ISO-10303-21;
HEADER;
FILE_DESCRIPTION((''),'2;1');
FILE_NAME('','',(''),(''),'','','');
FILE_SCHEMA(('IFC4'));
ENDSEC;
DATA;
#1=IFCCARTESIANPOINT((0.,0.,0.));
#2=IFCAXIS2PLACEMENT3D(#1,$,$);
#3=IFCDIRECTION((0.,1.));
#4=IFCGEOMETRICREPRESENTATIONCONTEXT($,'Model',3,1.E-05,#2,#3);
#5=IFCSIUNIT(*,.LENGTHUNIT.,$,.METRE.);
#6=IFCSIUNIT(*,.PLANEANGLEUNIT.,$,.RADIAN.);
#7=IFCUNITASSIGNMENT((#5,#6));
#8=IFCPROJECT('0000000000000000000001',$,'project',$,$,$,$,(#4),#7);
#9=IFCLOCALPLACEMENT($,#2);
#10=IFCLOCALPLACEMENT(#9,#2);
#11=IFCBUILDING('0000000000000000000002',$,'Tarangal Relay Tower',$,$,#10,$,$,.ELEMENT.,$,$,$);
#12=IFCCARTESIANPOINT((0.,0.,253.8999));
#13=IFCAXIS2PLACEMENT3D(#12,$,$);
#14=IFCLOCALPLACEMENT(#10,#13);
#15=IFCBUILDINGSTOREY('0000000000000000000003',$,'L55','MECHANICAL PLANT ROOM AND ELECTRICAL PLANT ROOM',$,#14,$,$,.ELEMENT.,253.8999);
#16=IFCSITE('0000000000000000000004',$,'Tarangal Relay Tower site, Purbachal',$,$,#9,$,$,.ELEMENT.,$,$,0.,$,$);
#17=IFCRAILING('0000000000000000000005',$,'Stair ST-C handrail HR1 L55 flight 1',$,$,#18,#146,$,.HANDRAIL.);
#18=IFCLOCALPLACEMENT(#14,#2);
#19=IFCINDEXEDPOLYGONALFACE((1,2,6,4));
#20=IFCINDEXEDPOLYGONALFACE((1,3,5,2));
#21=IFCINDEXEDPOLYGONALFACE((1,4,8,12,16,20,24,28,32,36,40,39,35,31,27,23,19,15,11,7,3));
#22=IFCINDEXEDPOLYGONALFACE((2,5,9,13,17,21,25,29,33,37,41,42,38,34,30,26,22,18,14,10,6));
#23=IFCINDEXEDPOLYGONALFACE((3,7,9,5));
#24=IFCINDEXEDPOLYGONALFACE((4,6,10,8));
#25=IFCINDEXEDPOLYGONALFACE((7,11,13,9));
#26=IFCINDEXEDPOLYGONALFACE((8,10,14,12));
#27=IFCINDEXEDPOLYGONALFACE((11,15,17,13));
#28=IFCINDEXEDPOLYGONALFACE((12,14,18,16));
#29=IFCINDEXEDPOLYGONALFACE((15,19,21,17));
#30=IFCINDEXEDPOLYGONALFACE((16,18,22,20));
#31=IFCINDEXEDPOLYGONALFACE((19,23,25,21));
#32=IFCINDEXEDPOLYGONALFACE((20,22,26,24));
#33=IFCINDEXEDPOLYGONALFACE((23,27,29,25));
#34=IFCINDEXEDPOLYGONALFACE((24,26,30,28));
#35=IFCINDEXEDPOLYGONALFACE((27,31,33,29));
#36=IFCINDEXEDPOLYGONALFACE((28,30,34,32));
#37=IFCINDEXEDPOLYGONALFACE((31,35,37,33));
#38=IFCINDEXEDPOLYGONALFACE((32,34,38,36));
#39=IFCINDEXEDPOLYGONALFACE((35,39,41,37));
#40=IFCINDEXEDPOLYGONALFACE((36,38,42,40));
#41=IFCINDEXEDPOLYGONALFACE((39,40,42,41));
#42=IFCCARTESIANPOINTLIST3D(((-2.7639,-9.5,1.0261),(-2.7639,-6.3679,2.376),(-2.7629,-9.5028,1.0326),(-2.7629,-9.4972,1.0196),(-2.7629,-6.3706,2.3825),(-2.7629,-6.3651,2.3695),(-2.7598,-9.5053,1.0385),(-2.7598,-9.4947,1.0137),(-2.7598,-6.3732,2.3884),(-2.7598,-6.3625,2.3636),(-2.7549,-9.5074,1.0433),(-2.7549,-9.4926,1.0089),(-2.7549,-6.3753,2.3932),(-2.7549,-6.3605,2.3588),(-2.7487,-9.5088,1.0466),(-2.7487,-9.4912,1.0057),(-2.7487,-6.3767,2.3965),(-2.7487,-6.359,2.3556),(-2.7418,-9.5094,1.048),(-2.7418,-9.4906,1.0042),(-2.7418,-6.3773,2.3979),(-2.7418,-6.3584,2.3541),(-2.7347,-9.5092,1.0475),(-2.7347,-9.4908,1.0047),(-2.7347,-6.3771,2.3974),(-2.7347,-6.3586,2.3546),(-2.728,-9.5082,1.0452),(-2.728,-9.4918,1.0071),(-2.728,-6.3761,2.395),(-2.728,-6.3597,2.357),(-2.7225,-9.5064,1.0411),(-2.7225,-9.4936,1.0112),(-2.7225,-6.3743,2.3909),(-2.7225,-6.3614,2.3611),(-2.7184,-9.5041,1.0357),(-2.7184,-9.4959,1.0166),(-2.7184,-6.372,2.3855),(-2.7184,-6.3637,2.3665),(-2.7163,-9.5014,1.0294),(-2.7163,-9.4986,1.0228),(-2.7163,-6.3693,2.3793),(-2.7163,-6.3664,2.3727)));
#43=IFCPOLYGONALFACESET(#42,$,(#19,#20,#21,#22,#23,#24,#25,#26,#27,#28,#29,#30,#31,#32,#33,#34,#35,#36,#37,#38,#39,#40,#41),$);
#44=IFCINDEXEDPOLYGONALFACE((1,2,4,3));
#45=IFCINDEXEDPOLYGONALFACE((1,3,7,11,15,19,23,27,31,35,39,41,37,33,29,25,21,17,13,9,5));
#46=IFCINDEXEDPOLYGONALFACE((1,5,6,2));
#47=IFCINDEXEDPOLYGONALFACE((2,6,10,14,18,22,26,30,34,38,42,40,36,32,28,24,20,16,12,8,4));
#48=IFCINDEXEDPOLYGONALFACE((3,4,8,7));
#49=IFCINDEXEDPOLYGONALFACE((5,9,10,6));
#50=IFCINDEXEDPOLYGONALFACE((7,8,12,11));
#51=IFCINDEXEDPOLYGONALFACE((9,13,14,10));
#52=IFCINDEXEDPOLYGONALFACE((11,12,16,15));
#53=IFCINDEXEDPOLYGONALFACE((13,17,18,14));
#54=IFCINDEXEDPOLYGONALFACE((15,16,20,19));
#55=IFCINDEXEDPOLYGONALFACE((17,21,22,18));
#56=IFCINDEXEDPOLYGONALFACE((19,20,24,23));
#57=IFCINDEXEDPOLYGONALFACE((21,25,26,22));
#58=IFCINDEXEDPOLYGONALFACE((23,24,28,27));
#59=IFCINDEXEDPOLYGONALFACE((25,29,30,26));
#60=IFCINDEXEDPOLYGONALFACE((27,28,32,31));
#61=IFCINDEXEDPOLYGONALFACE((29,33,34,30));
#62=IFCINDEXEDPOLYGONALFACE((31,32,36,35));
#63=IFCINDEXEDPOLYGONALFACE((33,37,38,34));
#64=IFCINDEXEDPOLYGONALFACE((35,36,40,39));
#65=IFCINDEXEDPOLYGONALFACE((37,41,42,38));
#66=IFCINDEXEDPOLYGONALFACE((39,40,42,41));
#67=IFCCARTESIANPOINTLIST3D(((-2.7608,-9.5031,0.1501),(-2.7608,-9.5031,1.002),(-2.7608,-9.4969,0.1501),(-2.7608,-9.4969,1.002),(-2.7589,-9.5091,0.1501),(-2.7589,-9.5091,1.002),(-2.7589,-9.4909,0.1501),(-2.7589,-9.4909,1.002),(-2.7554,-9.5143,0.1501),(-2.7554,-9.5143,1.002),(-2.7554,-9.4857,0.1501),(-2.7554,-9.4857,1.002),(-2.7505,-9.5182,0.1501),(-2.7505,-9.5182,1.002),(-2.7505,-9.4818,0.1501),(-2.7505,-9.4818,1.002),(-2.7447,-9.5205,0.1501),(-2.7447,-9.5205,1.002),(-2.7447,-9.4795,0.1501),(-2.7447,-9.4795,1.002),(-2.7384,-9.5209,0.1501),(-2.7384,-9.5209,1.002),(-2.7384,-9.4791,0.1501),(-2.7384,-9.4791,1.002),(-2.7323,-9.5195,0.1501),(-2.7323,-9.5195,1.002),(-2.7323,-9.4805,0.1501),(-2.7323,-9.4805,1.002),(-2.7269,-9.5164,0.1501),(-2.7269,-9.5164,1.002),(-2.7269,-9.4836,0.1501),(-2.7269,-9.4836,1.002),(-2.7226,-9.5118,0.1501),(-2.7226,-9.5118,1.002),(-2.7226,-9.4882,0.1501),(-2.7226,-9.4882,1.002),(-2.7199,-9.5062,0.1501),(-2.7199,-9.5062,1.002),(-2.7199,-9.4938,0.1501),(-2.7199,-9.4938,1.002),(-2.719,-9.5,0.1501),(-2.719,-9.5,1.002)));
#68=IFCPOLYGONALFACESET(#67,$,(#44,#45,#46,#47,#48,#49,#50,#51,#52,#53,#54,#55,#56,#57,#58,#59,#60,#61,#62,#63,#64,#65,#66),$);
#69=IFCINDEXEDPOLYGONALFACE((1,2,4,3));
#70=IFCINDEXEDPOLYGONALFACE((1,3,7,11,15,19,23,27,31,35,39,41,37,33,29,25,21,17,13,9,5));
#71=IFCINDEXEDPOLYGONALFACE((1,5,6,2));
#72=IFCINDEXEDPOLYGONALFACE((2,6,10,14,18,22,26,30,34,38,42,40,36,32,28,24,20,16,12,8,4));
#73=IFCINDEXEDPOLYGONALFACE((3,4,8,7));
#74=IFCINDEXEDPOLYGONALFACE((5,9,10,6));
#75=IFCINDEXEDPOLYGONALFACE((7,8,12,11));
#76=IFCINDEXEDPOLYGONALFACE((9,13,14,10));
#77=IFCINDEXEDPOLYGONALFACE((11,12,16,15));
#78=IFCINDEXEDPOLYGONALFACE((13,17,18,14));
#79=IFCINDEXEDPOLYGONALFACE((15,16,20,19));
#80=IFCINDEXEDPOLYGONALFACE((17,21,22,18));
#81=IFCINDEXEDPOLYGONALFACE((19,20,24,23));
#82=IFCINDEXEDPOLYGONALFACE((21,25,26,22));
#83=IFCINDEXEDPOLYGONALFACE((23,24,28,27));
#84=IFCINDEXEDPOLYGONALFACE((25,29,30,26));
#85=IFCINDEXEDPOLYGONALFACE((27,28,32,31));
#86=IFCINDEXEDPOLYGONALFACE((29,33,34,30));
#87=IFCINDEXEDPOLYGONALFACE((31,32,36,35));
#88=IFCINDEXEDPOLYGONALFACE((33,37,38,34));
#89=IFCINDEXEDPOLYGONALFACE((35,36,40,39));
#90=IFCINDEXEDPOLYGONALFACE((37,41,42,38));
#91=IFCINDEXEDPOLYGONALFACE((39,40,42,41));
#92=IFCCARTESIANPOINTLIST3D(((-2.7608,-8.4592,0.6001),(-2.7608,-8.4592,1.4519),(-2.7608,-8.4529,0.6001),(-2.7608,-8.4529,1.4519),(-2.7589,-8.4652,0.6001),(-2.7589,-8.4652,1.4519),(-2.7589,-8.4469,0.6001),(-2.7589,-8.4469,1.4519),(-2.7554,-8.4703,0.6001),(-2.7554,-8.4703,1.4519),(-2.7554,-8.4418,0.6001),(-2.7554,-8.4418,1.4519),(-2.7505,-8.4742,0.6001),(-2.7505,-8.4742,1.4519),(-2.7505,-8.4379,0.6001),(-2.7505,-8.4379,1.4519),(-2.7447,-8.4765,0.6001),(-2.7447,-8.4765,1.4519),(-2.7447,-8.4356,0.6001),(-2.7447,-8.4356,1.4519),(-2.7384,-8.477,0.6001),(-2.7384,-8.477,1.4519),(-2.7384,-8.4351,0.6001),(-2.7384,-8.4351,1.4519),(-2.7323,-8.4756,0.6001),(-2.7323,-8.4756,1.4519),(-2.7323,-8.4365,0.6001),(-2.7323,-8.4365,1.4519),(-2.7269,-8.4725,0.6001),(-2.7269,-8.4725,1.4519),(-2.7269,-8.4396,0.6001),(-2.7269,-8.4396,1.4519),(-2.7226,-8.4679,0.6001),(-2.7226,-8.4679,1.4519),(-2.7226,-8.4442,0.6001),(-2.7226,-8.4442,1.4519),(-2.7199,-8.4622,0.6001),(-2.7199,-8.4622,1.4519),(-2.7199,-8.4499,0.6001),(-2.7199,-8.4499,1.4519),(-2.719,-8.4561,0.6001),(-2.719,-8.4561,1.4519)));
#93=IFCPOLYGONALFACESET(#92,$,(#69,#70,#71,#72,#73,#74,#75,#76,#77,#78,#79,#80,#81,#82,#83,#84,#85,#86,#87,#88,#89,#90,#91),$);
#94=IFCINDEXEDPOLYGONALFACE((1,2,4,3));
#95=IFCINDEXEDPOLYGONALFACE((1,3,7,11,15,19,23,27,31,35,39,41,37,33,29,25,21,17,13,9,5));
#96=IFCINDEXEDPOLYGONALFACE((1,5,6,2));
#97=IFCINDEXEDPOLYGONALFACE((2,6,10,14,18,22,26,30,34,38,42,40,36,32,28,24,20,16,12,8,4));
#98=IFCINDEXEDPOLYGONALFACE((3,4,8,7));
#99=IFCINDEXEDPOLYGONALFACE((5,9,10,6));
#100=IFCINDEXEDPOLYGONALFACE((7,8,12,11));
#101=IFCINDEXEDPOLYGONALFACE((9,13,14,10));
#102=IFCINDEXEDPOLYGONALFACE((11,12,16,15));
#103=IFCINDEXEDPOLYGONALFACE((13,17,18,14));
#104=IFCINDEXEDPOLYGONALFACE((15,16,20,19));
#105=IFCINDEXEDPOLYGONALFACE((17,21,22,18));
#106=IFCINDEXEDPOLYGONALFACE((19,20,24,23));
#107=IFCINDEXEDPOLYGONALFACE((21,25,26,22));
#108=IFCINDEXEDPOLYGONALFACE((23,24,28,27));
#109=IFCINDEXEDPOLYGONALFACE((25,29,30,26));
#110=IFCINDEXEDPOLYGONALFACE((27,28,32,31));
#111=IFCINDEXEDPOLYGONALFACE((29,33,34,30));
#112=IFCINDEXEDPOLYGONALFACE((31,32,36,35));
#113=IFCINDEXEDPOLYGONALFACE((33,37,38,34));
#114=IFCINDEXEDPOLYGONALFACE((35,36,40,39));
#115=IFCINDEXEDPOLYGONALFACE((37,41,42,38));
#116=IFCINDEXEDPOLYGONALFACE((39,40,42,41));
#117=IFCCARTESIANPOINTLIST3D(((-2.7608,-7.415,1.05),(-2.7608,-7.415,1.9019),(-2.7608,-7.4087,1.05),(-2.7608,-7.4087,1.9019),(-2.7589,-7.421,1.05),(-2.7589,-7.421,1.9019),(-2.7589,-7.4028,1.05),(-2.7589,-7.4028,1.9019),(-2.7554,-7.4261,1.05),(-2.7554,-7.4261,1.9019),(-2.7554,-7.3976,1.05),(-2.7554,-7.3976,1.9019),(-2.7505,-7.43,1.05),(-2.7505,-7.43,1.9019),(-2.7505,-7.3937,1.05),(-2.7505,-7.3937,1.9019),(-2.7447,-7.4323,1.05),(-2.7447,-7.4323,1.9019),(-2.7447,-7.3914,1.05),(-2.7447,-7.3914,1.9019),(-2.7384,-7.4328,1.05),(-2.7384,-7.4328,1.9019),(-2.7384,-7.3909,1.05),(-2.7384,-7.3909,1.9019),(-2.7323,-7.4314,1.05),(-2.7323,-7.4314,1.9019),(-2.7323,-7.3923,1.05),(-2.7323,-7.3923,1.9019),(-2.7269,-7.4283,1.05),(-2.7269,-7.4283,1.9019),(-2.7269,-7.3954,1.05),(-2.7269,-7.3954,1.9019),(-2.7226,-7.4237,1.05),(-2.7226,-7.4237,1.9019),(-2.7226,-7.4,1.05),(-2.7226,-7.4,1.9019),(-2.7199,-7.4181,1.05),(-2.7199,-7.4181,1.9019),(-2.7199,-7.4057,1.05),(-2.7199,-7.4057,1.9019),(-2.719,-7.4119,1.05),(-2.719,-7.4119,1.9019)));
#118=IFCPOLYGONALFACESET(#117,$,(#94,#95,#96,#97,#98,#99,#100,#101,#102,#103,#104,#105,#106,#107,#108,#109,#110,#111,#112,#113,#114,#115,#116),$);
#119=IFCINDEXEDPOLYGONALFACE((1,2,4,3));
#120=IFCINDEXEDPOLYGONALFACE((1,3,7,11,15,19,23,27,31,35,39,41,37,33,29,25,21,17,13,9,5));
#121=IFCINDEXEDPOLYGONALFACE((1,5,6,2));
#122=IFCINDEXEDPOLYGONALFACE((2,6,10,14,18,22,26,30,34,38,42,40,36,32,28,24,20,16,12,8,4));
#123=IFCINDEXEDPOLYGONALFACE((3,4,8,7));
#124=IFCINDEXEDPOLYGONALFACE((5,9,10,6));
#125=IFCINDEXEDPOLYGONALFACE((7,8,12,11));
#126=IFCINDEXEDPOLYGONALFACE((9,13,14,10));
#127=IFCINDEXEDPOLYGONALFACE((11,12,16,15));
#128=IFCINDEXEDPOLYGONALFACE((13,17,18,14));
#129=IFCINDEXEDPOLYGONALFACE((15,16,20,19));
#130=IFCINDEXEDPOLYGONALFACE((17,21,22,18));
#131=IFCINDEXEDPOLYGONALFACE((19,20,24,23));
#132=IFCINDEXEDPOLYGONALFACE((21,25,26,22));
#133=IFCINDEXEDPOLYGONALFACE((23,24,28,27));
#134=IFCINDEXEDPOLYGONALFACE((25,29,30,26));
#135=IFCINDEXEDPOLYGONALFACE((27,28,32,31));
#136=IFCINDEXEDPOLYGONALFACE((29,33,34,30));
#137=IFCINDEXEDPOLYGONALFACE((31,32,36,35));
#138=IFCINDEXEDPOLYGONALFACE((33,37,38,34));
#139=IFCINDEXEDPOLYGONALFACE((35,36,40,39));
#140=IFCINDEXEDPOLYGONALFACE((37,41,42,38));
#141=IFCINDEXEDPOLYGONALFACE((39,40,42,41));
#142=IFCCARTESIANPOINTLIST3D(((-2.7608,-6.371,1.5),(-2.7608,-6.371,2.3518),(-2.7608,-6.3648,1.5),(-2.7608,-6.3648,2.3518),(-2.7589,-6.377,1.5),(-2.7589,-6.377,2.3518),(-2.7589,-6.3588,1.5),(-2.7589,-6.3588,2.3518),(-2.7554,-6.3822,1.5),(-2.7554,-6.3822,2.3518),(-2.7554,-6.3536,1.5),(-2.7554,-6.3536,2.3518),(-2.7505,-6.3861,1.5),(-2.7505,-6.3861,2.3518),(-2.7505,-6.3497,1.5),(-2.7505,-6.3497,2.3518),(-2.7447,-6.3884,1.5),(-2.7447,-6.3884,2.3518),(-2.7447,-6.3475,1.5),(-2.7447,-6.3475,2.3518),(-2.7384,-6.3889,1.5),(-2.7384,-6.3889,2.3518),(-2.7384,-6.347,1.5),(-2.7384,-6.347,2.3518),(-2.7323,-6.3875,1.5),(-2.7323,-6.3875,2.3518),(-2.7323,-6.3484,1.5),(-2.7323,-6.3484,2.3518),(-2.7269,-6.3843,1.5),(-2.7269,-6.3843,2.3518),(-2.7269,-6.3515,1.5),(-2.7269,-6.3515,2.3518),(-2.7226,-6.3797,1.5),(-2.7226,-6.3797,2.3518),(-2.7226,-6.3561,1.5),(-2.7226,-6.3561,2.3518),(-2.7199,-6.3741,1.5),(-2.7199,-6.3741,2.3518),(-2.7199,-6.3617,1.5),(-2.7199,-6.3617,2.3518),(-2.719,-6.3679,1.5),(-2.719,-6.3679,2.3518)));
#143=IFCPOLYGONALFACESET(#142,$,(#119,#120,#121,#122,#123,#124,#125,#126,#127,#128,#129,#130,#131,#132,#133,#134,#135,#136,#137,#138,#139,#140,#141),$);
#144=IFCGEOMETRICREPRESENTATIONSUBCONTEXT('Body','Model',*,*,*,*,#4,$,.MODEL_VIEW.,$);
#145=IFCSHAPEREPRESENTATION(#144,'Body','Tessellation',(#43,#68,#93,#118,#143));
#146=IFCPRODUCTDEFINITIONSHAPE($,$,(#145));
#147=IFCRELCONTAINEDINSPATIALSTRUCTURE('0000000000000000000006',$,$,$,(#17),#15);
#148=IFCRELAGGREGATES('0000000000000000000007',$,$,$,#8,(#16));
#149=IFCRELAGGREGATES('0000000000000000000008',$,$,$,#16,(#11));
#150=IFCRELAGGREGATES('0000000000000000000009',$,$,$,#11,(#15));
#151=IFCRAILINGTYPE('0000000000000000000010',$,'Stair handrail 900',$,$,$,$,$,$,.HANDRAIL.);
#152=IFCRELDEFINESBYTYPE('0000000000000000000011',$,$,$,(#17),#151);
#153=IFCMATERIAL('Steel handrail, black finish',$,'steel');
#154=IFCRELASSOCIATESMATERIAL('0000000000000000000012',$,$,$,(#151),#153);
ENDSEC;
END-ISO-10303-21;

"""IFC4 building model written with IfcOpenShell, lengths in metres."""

from ifc_helpers import new_model, si_unit, direction, frame, origin, origin_2d, place, context, subcontext, project, spatial, circle, extrude, material, type_object, element, save


model = new_model("IFC4")

# Units and contexts
model_context = context("Model", 3, precision=1e-05, world=origin(), true_north=direction((0.0, 1.0)))
body_context = subcontext(model_context, "Body", "Model", "MODEL_VIEW")
ifc_project = project(units=[si_unit("LENGTHUNIT", "METRE"), si_unit("PLANEANGLEUNIT", "RADIAN")], contexts=[model_context])

# Site, building, storey
site_placement = place(None, origin())
site = spatial("IfcSite", under=ifc_project, at=site_placement, Name="Tarangal Relay Tower site, Purbachal", CompositionType="ELEMENT", RefElevation=0.0)
building_placement = place(site_placement, origin())
building = spatial("IfcBuilding", under=site, at=building_placement, Name="Tarangal Relay Tower", CompositionType="ELEMENT")
storey_placement = place(building_placement, frame((0.0, 0.0, 253.8999)))
storey = spatial("IfcBuildingStorey", under=building, at=storey_placement, Name="L55", Description="MECHANICAL PLANT ROOM AND ELECTRICAL PLANT ROOM", CompositionType="ELEMENT", Elevation=253.8999)

# Railing
ifc_material_1 = material(Name="Steel handrail, black finish", Category="steel")
railing_type_1 = type_object("IfcRailingType", Name="Stair handrail 900", PredefinedType="HANDRAIL", material=ifc_material_1)
for number, where, name in (
    (1, (-2.74, -9.5, 0.1501), "Stair ST-C handrail HR1 L55 flight 1"),
):
    element("IfcRailing", number, at=place(storey_placement, frame(where)), inside=storey, type_object=railing_type_1, Name=name, PredefinedType="HANDRAIL", context=body_context, shape_type="SweptSolid", body=[
        extrude(circle(Radius=0.0239, at=origin_2d()), frame((0.0, 0.0, 0.876), z_axis=(0.0, 0.918343, 0.395785), x_axis=(-1.0, 0.0, 0.0)), (0.0, 0.0, 1.0), 3.4106),
        extrude(circle(Radius=0.021, at=origin_2d()), origin(), (0.0, 0.0, 1.0), 0.8518),
        extrude(circle(Radius=0.021, at=origin_2d()), frame((0.0, 1.0439, 0.45)), (0.0, 0.0, 1.0), 0.8518),
        extrude(circle(Radius=0.021, at=origin_2d()), frame((0.0, 2.0881, 0.8999)), (0.0, 0.0, 1.0), 0.8518),
        extrude(circle(Radius=0.021, at=origin_2d()), frame((0.0, 3.1321, 1.3499)), (0.0, 0.0, 1.0), 0.8518),
    ])

save(model, "model.ifc")
